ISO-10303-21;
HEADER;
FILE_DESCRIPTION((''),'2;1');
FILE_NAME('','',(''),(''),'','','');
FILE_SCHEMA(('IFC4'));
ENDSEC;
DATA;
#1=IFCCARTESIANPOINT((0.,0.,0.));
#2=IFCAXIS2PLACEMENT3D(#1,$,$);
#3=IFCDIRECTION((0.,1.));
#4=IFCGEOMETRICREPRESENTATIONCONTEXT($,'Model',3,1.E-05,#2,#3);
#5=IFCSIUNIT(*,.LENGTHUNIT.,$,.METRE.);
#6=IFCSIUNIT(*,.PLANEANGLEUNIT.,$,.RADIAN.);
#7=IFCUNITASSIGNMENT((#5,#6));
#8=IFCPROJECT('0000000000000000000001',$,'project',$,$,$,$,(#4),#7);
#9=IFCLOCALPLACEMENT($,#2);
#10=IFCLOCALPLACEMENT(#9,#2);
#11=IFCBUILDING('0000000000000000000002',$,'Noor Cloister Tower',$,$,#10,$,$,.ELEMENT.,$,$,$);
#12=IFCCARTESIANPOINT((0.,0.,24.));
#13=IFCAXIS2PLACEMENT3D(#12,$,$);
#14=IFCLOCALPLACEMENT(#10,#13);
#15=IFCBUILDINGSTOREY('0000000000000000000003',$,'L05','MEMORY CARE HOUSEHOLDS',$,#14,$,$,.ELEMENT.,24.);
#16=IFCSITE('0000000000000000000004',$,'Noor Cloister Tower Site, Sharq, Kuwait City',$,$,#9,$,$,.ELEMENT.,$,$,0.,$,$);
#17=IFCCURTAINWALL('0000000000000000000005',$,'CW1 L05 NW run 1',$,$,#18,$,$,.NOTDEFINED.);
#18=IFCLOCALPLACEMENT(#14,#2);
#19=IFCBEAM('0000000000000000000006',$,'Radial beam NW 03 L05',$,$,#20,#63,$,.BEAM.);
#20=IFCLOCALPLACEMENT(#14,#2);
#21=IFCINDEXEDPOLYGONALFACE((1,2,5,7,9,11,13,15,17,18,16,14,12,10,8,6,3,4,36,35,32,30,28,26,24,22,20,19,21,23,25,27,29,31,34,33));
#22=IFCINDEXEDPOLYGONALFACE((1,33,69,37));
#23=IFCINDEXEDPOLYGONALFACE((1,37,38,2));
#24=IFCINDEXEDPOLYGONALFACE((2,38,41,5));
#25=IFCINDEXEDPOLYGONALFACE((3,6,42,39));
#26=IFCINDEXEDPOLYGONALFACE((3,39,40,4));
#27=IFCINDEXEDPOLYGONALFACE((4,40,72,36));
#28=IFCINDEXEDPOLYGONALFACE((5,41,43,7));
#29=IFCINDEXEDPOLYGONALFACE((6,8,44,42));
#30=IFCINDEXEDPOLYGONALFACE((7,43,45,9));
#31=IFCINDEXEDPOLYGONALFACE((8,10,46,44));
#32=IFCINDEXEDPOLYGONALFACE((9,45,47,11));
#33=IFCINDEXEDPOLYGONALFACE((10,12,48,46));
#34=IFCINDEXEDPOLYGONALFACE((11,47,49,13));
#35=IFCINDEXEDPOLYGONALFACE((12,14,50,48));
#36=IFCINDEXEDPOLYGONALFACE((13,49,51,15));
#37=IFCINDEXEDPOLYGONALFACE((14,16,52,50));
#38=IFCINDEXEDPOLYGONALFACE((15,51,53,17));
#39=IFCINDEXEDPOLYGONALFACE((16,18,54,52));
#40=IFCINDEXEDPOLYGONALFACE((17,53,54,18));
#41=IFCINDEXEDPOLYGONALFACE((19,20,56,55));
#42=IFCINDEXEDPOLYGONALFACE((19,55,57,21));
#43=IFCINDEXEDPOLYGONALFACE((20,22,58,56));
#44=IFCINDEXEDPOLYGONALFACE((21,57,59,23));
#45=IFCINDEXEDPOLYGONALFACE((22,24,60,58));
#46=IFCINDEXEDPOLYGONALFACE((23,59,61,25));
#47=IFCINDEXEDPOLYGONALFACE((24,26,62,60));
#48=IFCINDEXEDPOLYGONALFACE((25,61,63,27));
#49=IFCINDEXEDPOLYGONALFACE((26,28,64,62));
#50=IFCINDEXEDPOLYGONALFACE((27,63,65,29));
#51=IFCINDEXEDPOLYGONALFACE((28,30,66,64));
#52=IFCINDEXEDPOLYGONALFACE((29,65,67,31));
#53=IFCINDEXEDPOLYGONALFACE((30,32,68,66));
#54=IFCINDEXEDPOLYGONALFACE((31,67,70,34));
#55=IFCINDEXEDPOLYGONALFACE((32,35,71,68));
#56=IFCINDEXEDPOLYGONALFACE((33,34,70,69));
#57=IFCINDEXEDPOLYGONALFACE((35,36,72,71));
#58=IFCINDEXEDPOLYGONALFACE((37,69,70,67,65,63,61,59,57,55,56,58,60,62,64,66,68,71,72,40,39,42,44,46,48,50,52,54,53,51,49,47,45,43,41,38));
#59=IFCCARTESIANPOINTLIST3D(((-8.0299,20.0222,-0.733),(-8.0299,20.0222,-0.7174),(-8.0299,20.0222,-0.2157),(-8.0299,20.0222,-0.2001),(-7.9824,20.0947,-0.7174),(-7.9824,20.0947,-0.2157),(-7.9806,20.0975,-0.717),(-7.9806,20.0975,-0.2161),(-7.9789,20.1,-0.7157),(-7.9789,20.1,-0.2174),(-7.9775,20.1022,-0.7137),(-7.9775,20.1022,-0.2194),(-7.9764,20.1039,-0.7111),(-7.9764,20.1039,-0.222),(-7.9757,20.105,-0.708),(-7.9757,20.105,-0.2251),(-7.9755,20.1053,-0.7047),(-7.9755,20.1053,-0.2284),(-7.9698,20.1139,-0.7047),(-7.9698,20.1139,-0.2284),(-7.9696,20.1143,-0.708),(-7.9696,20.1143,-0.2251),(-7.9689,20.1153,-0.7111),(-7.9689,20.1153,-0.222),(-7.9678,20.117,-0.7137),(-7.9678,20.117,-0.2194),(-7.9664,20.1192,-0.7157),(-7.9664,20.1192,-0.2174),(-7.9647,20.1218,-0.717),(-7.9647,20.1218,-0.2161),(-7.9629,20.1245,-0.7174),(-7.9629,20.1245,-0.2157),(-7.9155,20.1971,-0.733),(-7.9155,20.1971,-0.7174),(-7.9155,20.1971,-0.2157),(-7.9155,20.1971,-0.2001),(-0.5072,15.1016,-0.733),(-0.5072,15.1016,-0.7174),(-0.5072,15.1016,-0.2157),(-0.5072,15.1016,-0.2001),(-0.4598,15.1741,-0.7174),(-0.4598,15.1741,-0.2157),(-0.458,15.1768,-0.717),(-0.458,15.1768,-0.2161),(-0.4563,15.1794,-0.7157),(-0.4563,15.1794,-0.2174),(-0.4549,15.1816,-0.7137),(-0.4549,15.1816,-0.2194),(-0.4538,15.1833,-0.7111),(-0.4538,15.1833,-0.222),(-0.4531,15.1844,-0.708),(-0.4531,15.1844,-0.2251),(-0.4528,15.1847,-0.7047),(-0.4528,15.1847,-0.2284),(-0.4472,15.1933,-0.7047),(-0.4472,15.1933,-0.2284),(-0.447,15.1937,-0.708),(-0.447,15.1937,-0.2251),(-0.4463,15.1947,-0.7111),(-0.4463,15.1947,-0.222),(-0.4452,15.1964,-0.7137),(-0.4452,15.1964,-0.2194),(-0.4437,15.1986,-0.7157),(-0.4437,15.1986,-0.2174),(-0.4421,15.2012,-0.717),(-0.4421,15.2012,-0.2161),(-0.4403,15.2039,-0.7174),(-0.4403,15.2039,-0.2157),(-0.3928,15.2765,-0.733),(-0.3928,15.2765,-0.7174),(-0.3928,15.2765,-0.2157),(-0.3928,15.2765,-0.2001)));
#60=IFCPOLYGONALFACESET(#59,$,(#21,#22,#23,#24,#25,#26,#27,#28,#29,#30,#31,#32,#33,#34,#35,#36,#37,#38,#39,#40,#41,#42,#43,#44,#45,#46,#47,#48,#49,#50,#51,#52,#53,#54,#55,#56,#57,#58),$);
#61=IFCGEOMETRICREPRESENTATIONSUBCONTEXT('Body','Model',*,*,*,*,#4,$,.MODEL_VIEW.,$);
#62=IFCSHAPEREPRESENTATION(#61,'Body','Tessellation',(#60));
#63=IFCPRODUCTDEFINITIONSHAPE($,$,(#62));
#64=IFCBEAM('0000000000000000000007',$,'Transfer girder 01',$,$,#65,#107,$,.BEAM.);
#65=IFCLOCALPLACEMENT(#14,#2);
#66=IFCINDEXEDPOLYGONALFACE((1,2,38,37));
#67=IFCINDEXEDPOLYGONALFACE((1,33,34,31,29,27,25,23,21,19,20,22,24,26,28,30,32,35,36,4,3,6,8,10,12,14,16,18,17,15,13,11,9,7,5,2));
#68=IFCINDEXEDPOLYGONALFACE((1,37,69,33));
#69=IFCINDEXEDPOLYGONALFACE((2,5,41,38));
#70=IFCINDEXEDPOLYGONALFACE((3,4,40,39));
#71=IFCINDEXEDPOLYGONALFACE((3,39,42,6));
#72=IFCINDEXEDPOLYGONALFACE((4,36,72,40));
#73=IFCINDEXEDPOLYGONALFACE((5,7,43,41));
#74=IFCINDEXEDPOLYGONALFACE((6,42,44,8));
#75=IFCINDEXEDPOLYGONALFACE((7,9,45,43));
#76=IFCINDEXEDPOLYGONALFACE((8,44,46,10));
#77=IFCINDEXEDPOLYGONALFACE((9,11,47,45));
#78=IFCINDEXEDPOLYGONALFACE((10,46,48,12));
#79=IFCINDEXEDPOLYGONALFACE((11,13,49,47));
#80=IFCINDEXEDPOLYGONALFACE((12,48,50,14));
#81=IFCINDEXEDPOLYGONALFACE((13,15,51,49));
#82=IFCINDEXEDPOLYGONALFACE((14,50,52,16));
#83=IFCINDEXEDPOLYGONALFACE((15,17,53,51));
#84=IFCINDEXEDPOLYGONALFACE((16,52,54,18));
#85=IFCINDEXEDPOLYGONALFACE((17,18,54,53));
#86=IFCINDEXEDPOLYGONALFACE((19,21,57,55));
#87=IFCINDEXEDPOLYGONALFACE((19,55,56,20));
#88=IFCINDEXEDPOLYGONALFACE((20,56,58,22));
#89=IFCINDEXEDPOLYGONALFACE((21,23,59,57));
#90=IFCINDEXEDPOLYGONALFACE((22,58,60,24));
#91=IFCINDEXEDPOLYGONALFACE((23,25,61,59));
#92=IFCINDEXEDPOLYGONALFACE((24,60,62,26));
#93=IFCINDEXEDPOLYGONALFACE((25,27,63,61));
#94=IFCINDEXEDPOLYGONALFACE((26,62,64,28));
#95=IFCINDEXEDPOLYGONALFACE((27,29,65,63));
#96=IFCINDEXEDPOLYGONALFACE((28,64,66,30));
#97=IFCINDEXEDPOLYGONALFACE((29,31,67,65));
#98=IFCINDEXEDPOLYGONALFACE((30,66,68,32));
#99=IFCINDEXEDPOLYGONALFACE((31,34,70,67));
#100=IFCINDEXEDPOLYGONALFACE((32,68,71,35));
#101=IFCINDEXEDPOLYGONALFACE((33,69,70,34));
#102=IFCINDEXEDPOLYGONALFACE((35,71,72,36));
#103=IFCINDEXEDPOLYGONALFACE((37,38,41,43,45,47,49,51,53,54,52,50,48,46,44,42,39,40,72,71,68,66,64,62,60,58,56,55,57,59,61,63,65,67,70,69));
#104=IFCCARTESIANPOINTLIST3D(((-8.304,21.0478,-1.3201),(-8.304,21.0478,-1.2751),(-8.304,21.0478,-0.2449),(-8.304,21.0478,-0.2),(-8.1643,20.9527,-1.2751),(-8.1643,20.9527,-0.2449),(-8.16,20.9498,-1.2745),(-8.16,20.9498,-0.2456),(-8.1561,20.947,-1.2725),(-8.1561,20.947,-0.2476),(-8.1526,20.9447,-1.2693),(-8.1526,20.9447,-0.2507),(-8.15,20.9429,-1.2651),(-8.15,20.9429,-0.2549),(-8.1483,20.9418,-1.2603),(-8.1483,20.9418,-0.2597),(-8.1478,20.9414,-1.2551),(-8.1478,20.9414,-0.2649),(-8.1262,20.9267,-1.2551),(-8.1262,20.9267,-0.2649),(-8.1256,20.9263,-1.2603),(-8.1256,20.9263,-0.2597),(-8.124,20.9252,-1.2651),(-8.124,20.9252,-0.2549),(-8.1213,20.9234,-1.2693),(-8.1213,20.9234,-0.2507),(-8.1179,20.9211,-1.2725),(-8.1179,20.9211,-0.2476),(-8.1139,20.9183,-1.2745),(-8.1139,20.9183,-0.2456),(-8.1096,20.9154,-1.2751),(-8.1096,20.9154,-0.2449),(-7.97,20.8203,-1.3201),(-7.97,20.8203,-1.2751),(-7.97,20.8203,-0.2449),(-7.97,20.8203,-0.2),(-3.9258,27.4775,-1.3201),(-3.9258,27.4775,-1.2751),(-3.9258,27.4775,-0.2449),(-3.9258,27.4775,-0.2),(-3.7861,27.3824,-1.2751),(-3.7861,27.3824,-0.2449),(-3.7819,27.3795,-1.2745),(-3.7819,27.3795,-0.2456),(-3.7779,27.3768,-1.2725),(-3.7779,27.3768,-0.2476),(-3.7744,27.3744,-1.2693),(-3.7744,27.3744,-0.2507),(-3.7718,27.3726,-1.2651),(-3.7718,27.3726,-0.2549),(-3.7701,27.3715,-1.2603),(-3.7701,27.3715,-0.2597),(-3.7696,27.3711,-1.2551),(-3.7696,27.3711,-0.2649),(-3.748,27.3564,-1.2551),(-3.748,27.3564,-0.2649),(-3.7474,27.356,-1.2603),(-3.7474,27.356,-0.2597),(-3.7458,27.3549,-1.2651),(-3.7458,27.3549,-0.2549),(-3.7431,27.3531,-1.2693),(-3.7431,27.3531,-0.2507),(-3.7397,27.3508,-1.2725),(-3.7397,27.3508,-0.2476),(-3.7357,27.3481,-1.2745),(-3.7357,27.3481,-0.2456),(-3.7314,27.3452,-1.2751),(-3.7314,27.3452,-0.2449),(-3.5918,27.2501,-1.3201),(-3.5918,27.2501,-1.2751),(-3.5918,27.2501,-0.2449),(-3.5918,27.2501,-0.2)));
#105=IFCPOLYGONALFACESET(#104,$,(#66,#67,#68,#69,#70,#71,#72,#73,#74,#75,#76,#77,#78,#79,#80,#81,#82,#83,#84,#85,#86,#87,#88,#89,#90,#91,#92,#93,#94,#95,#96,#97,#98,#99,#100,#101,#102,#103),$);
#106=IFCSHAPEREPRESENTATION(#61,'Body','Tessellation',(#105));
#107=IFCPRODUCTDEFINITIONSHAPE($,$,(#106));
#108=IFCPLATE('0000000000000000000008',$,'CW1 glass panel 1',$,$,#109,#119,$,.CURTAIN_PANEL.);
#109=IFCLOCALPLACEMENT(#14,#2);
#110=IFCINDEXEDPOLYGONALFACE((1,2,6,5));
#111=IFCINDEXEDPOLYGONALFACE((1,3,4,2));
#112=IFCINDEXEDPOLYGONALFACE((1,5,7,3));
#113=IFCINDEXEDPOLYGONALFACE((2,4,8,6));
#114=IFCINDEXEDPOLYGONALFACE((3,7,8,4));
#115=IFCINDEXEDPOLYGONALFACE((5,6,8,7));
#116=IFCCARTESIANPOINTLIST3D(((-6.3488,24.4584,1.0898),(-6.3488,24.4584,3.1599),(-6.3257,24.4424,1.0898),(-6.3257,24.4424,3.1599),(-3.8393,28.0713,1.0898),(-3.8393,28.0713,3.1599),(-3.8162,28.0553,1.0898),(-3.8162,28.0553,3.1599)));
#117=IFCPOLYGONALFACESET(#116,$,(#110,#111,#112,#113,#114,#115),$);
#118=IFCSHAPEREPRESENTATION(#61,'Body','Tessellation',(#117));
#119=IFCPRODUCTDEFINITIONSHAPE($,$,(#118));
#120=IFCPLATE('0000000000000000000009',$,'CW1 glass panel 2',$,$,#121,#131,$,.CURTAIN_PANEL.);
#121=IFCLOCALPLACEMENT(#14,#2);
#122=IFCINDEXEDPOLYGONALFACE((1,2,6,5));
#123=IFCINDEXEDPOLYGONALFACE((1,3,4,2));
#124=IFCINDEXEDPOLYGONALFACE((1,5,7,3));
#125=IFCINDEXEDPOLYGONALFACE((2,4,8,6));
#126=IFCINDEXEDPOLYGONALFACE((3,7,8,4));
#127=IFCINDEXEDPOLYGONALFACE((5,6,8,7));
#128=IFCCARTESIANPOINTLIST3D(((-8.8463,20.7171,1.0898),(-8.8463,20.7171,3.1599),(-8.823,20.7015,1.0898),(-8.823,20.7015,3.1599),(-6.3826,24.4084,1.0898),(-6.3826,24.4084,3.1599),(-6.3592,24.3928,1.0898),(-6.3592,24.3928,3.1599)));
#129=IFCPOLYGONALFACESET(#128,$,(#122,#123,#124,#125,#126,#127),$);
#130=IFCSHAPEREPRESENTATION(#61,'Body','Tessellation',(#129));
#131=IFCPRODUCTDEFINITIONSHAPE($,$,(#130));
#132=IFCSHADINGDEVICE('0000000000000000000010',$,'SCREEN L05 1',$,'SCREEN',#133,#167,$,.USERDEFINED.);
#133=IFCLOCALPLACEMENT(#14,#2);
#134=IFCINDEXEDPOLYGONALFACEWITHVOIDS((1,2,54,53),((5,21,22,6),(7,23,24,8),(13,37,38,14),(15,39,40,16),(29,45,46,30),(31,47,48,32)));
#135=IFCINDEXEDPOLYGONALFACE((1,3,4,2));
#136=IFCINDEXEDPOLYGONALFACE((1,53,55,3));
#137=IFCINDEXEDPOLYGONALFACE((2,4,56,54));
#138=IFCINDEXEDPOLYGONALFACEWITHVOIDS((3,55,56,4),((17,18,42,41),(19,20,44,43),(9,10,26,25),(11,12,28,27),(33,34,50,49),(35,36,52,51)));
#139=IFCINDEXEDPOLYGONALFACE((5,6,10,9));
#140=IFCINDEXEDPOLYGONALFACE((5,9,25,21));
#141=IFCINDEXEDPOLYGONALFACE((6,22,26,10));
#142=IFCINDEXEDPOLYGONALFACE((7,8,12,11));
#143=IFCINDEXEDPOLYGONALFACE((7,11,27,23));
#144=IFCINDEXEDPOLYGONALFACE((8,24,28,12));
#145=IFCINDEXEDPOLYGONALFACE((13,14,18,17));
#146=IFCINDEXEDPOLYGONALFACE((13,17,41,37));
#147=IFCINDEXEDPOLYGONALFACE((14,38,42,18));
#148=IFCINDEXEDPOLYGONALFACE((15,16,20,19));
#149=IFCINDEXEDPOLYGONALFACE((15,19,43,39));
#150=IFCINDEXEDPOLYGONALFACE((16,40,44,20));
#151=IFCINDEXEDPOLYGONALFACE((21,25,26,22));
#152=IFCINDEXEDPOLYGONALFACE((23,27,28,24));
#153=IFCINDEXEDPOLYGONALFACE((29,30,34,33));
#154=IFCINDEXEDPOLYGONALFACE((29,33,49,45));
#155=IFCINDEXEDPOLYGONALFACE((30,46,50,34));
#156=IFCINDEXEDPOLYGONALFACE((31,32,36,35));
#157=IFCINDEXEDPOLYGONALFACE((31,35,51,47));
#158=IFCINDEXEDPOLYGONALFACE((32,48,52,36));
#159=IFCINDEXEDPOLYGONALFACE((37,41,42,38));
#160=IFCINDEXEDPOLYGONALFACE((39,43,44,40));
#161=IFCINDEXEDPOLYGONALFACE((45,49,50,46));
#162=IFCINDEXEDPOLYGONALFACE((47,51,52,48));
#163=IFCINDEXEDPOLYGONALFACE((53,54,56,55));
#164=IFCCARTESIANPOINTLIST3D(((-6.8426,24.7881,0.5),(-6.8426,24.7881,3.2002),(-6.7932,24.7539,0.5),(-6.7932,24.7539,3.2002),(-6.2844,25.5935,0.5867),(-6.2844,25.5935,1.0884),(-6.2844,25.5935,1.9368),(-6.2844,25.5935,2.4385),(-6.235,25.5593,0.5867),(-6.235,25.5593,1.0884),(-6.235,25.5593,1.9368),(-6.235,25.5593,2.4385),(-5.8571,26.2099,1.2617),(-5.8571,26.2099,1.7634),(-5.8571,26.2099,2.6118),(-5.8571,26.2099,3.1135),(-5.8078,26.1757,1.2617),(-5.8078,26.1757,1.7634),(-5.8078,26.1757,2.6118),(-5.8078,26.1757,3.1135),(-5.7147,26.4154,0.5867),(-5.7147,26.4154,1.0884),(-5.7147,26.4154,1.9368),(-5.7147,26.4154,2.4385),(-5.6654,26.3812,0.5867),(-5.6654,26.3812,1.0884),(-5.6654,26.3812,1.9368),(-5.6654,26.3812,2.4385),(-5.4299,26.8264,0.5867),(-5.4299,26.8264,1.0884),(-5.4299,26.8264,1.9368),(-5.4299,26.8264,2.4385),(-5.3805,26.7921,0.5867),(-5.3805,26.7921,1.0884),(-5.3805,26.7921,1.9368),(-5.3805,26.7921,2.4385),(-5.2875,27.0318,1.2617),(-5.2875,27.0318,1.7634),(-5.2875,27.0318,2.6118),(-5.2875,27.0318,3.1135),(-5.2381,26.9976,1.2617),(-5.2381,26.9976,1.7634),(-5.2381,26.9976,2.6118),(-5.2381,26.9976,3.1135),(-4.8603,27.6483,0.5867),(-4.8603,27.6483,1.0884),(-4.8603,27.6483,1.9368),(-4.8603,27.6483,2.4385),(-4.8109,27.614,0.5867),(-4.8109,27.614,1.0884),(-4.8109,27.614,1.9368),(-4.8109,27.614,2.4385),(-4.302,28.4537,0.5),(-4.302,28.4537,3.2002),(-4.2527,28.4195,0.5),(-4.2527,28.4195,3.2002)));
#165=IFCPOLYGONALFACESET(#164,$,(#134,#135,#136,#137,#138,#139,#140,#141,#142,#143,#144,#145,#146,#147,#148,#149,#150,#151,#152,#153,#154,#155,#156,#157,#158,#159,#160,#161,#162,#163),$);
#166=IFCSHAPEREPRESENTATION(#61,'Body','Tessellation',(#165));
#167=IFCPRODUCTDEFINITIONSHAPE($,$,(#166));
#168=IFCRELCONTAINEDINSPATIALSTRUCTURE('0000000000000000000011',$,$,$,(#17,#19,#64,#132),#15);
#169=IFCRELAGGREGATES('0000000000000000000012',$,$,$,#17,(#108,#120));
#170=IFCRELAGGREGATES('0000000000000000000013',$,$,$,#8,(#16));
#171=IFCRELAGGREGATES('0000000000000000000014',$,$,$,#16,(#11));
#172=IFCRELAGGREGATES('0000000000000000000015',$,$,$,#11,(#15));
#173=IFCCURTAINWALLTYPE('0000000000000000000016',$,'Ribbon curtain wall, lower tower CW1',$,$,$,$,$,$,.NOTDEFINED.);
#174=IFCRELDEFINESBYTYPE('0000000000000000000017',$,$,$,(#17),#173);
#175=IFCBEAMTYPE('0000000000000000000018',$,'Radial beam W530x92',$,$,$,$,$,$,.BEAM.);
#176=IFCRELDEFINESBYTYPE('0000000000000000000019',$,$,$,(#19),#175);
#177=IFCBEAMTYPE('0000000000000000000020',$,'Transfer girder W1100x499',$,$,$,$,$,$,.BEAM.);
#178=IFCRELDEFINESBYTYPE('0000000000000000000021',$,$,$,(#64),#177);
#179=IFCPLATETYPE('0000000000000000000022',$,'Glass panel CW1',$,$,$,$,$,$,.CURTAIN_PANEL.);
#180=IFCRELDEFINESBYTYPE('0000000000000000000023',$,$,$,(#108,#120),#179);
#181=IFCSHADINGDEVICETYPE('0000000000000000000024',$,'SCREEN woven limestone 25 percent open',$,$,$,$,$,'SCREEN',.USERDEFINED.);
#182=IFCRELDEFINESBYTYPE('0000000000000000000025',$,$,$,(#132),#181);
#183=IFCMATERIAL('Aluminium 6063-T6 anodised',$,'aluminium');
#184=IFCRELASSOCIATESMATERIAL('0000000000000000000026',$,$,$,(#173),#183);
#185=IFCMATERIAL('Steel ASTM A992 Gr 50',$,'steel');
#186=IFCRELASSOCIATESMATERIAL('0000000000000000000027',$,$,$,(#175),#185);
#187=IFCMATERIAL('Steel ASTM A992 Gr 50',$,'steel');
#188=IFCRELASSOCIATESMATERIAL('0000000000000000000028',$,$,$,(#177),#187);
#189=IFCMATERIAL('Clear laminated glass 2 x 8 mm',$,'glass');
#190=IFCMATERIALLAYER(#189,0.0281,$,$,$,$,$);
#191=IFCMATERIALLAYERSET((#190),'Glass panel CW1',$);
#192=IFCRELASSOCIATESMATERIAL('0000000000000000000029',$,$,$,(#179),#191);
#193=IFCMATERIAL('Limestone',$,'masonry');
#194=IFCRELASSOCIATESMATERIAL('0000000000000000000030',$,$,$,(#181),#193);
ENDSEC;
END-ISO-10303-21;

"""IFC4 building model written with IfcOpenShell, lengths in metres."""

from ifc_helpers import new_model, si_unit, direction, frame, origin, origin_2d, place, context, subcontext, project, spatial, polyline, rectangle, i_section, outline, extrude, material, layer, layer_set, material_profile, profile_set, type_object, element, aggregate, save


model = new_model("IFC4")

# Units and contexts
model_context = context("Model", 3, precision=1e-05, world=origin(), true_north=direction((0.0, 1.0)))
body_context = subcontext(model_context, "Body", "Model", "MODEL_VIEW")
ifc_project = project(units=[si_unit("LENGTHUNIT", "METRE"), si_unit("PLANEANGLEUNIT", "RADIAN")], contexts=[model_context])

# Site, building, storey
site_placement = place(None, origin())
site = spatial("IfcSite", under=ifc_project, at=site_placement, Name="Noor Cloister Tower Site, Sharq, Kuwait City", CompositionType="ELEMENT", RefElevation=0.0)
building_placement = place(site_placement, origin())
building = spatial("IfcBuilding", under=site, at=building_placement, Name="Noor Cloister Tower", CompositionType="ELEMENT")
storey_placement = place(building_placement, frame((0.0, 0.0, 24.0)))
storey = spatial("IfcBuildingStorey", under=building, at=storey_placement, Name="L05", Description="MEMORY CARE HOUSEHOLDS", CompositionType="ELEMENT", Elevation=24.0)

# Curtain wall
ifc_material_1 = material(Name="Aluminium 6063-T6 anodised", Category="aluminium")
curtain_wall_type = type_object("IfcCurtainWallType", Name="Ribbon curtain wall, lower tower CW1", PredefinedType="NOTDEFINED", material=ifc_material_1)
curtain_wall_placement = place(storey_placement, origin())
curtain_wall = element("IfcCurtainWall", 1, at=curtain_wall_placement, inside=storey, type_object=curtain_wall_type, Name="CW1 L05 NW run 1", PredefinedType="NOTDEFINED")

# Beams
ifc_material_2 = material(Name="Steel ASTM A992 Gr 50", Category="steel")
ifc_material_profile_1 = material_profile(ifc_material_2, i_section(OverallWidth=0.209, OverallDepth=0.533, WebThickness=0.0103, FlangeThickness=0.0156, FilletRadius=0.0127, at=origin_2d()), Name="W530x92")
ifc_profile_set_1 = profile_set([ifc_material_profile_1], Name="Steel ASTM A992 Gr 50")
beam_type_1 = type_object("IfcBeamType", Name="Radial beam W530x92", PredefinedType="BEAM", material=ifc_profile_set_1)
beam_1_placement = place(storey_placement, frame((-7.9727, 20.1096, -0.4666), z_axis=(0.83687, -0.547402, 0.0), x_axis=(0.547402, 0.83687, 0.0)))
element("IfcBeam", 2, at=beam_1_placement, inside=storey, type_object=beam_type_1, Name="Radial beam NW 03 L05", PredefinedType="BEAM", context=body_context, shape_type="SweptSolid", body=[
    extrude(i_section(OverallWidth=0.209, OverallDepth=0.533, WebThickness=0.0103, FlangeThickness=0.0156, FilletRadius=0.0127, at=origin_2d()), origin(), (0.0, 0.0, 1.0), 8.989),
])
ifc_material_3 = material(Name="Steel ASTM A992 Gr 50", Category="steel")
ifc_material_profile_2 = material_profile(ifc_material_3, i_section(OverallWidth=0.4041, OverallDepth=1.1201, WebThickness=0.0261, FlangeThickness=0.0449, FilletRadius=0.02, at=origin_2d()), Name="W1100x499")
ifc_profile_set_2 = profile_set([ifc_material_profile_2], Name="Steel ASTM A992 Gr 50")
beam_type_2 = type_object("IfcBeamType", Name="Transfer girder W1100x499", PredefinedType="BEAM", material=ifc_profile_set_2)
beam_2_placement = place(storey_placement, frame((-3.7588, 27.3638, -0.76), z_axis=(-0.562836, -0.826568, 0.0), x_axis=(0.826568, -0.562836, 0.0)))
element("IfcBeam", 3, at=beam_2_placement, inside=storey, type_object=beam_type_2, Name="Transfer girder 01", PredefinedType="BEAM", context=body_context, shape_type="SweptSolid", body=[
    extrude(i_section(OverallWidth=0.4041, OverallDepth=1.1201, WebThickness=0.0261, FlangeThickness=0.0449, FilletRadius=0.02, at=origin_2d()), origin(), (0.0, 0.0, 1.0), 7.7788),
])

# Plates
ifc_material_4 = material(Name="Clear laminated glass 2 x 8 mm", Category="glass")
ifc_layer = layer(ifc_material_4, 0.0281)
ifc_layer_set = layer_set([ifc_layer], Name="Glass panel CW1")
plate_type = type_object("IfcPlateType", Name="Glass panel CW1", PredefinedType="CURTAIN_PANEL", material=ifc_layer_set)
plate_1_placement = place(storey_placement, frame((-5.0825, 26.2568, 1.0898), z_axis=(0.0, 0.0, 1.0), x_axis=(-0.570481, -0.821311, 0.0)))
plate_1 = element("IfcPlate", 4, at=plate_1_placement, type_object=plate_type, Name="CW1 glass panel 1", PredefinedType="CURTAIN_PANEL", context=body_context, shape_type="SweptSolid", body=[
    extrude(rectangle(XDim=4.3989, YDim=0.0281, at=origin_2d()), origin(), (0.0, 0.0, 1.0), 2.0701),
])
plate_2_placement = place(storey_placement, frame((-7.6028, 22.5549, 1.0898), z_axis=(0.0, 0.0, 1.0), x_axis=(-0.555145, -0.831754, 0.0)))
plate_2 = element("IfcPlate", 5, at=plate_2_placement, type_object=plate_type, Name="CW1 glass panel 2", PredefinedType="CURTAIN_PANEL", context=body_context, shape_type="SweptSolid", body=[
    extrude(rectangle(XDim=4.438, YDim=0.0281, at=origin_2d()), origin(), (0.0, 0.0, 1.0), 2.0701),
])
aggregate(curtain_wall, [plate_1, plate_2])

# Shading device
ifc_material_5 = material(Name="Limestone", Category="masonry")
ifc_material_profile_3 = material_profile(ifc_material_5, outline(polyline([(-2.23, -1.3501), (2.23, -1.3501), (2.23, 1.3501), (-2.23, 1.3501), (-2.23, -1.3501)]), holes=[polyline([(-1.25, -1.2634), (-0.25, -1.2634), (-0.25, -0.7617), (-1.25, -0.7617), (-1.25, -1.2634)]), polyline([(0.25, -1.2634), (1.25, -1.2634), (1.25, -0.7617), (0.25, -0.7617), (0.25, -1.2634)]), polyline([(-0.5, -0.5884), (0.5, -0.5884), (0.5, -0.0867), (-0.5, -0.0867), (-0.5, -0.5884)]), polyline([(-1.25, 0.0867), (-0.25, 0.0867), (-0.25, 0.5884), (-1.25, 0.5884), (-1.25, 0.0867)]), polyline([(0.25, 0.0867), (1.25, 0.0867), (1.25, 0.5884), (0.25, 0.5884), (0.25, 0.0867)]), polyline([(-0.5, 0.7617), (0.5, 0.7617), (0.5, 1.2634), (-0.5, 1.2634), (-0.5, 0.7617)])]), Name="Woven screen 25 percent open")
ifc_profile_set_3 = profile_set([ifc_material_profile_3], Name="Limestone")
shading_device_type = type_object("IfcShadingDeviceType", Name="SCREEN woven limestone 25 percent open", ElementType="SCREEN", PredefinedType="USERDEFINED", material=ifc_profile_set_3)
shading_device_1_placement = place(storey_placement, frame((-5.5229, 26.5867, 1.8501), z_axis=(-0.821899, 0.569633, 0.0), x_axis=(-0.569633, -0.821899, 0.0)))
element("IfcShadingDevice", 6, at=shading_device_1_placement, inside=storey, type_object=shading_device_type, Name="SCREEN L05 1", ObjectType="SCREEN", PredefinedType="USERDEFINED", context=body_context, shape_type="SweptSolid", body=[
    extrude(outline(polyline([(-2.23, -1.3501), (2.23, -1.3501), (2.23, 1.3501), (-2.23, 1.3501), (-2.23, -1.3501)]), holes=[polyline([(-1.25, -1.2634), (-0.25, -1.2634), (-0.25, -0.7617), (-1.25, -0.7617), (-1.25, -1.2634)]), polyline([(0.25, -1.2634), (1.25, -1.2634), (1.25, -0.7617), (0.25, -0.7617), (0.25, -1.2634)]), polyline([(-0.5, -0.5884), (0.5, -0.5884), (0.5, -0.0867), (-0.5, -0.0867), (-0.5, -0.5884)]), polyline([(-1.25, 0.0867), (-0.25, 0.0867), (-0.25, 0.5884), (-1.25, 0.5884), (-1.25, 0.0867)]), polyline([(0.25, 0.0867), (1.25, 0.0867), (1.25, 0.5884), (0.25, 0.5884), (0.25, 0.0867)]), polyline([(-0.5, 0.7617), (0.5, 0.7617), (0.5, 1.2634), (-0.5, 1.2634), (-0.5, 0.7617)])]), origin(), (0.0, 0.0, 1.0), 0.0601),
])

save(model, "model.ifc")
